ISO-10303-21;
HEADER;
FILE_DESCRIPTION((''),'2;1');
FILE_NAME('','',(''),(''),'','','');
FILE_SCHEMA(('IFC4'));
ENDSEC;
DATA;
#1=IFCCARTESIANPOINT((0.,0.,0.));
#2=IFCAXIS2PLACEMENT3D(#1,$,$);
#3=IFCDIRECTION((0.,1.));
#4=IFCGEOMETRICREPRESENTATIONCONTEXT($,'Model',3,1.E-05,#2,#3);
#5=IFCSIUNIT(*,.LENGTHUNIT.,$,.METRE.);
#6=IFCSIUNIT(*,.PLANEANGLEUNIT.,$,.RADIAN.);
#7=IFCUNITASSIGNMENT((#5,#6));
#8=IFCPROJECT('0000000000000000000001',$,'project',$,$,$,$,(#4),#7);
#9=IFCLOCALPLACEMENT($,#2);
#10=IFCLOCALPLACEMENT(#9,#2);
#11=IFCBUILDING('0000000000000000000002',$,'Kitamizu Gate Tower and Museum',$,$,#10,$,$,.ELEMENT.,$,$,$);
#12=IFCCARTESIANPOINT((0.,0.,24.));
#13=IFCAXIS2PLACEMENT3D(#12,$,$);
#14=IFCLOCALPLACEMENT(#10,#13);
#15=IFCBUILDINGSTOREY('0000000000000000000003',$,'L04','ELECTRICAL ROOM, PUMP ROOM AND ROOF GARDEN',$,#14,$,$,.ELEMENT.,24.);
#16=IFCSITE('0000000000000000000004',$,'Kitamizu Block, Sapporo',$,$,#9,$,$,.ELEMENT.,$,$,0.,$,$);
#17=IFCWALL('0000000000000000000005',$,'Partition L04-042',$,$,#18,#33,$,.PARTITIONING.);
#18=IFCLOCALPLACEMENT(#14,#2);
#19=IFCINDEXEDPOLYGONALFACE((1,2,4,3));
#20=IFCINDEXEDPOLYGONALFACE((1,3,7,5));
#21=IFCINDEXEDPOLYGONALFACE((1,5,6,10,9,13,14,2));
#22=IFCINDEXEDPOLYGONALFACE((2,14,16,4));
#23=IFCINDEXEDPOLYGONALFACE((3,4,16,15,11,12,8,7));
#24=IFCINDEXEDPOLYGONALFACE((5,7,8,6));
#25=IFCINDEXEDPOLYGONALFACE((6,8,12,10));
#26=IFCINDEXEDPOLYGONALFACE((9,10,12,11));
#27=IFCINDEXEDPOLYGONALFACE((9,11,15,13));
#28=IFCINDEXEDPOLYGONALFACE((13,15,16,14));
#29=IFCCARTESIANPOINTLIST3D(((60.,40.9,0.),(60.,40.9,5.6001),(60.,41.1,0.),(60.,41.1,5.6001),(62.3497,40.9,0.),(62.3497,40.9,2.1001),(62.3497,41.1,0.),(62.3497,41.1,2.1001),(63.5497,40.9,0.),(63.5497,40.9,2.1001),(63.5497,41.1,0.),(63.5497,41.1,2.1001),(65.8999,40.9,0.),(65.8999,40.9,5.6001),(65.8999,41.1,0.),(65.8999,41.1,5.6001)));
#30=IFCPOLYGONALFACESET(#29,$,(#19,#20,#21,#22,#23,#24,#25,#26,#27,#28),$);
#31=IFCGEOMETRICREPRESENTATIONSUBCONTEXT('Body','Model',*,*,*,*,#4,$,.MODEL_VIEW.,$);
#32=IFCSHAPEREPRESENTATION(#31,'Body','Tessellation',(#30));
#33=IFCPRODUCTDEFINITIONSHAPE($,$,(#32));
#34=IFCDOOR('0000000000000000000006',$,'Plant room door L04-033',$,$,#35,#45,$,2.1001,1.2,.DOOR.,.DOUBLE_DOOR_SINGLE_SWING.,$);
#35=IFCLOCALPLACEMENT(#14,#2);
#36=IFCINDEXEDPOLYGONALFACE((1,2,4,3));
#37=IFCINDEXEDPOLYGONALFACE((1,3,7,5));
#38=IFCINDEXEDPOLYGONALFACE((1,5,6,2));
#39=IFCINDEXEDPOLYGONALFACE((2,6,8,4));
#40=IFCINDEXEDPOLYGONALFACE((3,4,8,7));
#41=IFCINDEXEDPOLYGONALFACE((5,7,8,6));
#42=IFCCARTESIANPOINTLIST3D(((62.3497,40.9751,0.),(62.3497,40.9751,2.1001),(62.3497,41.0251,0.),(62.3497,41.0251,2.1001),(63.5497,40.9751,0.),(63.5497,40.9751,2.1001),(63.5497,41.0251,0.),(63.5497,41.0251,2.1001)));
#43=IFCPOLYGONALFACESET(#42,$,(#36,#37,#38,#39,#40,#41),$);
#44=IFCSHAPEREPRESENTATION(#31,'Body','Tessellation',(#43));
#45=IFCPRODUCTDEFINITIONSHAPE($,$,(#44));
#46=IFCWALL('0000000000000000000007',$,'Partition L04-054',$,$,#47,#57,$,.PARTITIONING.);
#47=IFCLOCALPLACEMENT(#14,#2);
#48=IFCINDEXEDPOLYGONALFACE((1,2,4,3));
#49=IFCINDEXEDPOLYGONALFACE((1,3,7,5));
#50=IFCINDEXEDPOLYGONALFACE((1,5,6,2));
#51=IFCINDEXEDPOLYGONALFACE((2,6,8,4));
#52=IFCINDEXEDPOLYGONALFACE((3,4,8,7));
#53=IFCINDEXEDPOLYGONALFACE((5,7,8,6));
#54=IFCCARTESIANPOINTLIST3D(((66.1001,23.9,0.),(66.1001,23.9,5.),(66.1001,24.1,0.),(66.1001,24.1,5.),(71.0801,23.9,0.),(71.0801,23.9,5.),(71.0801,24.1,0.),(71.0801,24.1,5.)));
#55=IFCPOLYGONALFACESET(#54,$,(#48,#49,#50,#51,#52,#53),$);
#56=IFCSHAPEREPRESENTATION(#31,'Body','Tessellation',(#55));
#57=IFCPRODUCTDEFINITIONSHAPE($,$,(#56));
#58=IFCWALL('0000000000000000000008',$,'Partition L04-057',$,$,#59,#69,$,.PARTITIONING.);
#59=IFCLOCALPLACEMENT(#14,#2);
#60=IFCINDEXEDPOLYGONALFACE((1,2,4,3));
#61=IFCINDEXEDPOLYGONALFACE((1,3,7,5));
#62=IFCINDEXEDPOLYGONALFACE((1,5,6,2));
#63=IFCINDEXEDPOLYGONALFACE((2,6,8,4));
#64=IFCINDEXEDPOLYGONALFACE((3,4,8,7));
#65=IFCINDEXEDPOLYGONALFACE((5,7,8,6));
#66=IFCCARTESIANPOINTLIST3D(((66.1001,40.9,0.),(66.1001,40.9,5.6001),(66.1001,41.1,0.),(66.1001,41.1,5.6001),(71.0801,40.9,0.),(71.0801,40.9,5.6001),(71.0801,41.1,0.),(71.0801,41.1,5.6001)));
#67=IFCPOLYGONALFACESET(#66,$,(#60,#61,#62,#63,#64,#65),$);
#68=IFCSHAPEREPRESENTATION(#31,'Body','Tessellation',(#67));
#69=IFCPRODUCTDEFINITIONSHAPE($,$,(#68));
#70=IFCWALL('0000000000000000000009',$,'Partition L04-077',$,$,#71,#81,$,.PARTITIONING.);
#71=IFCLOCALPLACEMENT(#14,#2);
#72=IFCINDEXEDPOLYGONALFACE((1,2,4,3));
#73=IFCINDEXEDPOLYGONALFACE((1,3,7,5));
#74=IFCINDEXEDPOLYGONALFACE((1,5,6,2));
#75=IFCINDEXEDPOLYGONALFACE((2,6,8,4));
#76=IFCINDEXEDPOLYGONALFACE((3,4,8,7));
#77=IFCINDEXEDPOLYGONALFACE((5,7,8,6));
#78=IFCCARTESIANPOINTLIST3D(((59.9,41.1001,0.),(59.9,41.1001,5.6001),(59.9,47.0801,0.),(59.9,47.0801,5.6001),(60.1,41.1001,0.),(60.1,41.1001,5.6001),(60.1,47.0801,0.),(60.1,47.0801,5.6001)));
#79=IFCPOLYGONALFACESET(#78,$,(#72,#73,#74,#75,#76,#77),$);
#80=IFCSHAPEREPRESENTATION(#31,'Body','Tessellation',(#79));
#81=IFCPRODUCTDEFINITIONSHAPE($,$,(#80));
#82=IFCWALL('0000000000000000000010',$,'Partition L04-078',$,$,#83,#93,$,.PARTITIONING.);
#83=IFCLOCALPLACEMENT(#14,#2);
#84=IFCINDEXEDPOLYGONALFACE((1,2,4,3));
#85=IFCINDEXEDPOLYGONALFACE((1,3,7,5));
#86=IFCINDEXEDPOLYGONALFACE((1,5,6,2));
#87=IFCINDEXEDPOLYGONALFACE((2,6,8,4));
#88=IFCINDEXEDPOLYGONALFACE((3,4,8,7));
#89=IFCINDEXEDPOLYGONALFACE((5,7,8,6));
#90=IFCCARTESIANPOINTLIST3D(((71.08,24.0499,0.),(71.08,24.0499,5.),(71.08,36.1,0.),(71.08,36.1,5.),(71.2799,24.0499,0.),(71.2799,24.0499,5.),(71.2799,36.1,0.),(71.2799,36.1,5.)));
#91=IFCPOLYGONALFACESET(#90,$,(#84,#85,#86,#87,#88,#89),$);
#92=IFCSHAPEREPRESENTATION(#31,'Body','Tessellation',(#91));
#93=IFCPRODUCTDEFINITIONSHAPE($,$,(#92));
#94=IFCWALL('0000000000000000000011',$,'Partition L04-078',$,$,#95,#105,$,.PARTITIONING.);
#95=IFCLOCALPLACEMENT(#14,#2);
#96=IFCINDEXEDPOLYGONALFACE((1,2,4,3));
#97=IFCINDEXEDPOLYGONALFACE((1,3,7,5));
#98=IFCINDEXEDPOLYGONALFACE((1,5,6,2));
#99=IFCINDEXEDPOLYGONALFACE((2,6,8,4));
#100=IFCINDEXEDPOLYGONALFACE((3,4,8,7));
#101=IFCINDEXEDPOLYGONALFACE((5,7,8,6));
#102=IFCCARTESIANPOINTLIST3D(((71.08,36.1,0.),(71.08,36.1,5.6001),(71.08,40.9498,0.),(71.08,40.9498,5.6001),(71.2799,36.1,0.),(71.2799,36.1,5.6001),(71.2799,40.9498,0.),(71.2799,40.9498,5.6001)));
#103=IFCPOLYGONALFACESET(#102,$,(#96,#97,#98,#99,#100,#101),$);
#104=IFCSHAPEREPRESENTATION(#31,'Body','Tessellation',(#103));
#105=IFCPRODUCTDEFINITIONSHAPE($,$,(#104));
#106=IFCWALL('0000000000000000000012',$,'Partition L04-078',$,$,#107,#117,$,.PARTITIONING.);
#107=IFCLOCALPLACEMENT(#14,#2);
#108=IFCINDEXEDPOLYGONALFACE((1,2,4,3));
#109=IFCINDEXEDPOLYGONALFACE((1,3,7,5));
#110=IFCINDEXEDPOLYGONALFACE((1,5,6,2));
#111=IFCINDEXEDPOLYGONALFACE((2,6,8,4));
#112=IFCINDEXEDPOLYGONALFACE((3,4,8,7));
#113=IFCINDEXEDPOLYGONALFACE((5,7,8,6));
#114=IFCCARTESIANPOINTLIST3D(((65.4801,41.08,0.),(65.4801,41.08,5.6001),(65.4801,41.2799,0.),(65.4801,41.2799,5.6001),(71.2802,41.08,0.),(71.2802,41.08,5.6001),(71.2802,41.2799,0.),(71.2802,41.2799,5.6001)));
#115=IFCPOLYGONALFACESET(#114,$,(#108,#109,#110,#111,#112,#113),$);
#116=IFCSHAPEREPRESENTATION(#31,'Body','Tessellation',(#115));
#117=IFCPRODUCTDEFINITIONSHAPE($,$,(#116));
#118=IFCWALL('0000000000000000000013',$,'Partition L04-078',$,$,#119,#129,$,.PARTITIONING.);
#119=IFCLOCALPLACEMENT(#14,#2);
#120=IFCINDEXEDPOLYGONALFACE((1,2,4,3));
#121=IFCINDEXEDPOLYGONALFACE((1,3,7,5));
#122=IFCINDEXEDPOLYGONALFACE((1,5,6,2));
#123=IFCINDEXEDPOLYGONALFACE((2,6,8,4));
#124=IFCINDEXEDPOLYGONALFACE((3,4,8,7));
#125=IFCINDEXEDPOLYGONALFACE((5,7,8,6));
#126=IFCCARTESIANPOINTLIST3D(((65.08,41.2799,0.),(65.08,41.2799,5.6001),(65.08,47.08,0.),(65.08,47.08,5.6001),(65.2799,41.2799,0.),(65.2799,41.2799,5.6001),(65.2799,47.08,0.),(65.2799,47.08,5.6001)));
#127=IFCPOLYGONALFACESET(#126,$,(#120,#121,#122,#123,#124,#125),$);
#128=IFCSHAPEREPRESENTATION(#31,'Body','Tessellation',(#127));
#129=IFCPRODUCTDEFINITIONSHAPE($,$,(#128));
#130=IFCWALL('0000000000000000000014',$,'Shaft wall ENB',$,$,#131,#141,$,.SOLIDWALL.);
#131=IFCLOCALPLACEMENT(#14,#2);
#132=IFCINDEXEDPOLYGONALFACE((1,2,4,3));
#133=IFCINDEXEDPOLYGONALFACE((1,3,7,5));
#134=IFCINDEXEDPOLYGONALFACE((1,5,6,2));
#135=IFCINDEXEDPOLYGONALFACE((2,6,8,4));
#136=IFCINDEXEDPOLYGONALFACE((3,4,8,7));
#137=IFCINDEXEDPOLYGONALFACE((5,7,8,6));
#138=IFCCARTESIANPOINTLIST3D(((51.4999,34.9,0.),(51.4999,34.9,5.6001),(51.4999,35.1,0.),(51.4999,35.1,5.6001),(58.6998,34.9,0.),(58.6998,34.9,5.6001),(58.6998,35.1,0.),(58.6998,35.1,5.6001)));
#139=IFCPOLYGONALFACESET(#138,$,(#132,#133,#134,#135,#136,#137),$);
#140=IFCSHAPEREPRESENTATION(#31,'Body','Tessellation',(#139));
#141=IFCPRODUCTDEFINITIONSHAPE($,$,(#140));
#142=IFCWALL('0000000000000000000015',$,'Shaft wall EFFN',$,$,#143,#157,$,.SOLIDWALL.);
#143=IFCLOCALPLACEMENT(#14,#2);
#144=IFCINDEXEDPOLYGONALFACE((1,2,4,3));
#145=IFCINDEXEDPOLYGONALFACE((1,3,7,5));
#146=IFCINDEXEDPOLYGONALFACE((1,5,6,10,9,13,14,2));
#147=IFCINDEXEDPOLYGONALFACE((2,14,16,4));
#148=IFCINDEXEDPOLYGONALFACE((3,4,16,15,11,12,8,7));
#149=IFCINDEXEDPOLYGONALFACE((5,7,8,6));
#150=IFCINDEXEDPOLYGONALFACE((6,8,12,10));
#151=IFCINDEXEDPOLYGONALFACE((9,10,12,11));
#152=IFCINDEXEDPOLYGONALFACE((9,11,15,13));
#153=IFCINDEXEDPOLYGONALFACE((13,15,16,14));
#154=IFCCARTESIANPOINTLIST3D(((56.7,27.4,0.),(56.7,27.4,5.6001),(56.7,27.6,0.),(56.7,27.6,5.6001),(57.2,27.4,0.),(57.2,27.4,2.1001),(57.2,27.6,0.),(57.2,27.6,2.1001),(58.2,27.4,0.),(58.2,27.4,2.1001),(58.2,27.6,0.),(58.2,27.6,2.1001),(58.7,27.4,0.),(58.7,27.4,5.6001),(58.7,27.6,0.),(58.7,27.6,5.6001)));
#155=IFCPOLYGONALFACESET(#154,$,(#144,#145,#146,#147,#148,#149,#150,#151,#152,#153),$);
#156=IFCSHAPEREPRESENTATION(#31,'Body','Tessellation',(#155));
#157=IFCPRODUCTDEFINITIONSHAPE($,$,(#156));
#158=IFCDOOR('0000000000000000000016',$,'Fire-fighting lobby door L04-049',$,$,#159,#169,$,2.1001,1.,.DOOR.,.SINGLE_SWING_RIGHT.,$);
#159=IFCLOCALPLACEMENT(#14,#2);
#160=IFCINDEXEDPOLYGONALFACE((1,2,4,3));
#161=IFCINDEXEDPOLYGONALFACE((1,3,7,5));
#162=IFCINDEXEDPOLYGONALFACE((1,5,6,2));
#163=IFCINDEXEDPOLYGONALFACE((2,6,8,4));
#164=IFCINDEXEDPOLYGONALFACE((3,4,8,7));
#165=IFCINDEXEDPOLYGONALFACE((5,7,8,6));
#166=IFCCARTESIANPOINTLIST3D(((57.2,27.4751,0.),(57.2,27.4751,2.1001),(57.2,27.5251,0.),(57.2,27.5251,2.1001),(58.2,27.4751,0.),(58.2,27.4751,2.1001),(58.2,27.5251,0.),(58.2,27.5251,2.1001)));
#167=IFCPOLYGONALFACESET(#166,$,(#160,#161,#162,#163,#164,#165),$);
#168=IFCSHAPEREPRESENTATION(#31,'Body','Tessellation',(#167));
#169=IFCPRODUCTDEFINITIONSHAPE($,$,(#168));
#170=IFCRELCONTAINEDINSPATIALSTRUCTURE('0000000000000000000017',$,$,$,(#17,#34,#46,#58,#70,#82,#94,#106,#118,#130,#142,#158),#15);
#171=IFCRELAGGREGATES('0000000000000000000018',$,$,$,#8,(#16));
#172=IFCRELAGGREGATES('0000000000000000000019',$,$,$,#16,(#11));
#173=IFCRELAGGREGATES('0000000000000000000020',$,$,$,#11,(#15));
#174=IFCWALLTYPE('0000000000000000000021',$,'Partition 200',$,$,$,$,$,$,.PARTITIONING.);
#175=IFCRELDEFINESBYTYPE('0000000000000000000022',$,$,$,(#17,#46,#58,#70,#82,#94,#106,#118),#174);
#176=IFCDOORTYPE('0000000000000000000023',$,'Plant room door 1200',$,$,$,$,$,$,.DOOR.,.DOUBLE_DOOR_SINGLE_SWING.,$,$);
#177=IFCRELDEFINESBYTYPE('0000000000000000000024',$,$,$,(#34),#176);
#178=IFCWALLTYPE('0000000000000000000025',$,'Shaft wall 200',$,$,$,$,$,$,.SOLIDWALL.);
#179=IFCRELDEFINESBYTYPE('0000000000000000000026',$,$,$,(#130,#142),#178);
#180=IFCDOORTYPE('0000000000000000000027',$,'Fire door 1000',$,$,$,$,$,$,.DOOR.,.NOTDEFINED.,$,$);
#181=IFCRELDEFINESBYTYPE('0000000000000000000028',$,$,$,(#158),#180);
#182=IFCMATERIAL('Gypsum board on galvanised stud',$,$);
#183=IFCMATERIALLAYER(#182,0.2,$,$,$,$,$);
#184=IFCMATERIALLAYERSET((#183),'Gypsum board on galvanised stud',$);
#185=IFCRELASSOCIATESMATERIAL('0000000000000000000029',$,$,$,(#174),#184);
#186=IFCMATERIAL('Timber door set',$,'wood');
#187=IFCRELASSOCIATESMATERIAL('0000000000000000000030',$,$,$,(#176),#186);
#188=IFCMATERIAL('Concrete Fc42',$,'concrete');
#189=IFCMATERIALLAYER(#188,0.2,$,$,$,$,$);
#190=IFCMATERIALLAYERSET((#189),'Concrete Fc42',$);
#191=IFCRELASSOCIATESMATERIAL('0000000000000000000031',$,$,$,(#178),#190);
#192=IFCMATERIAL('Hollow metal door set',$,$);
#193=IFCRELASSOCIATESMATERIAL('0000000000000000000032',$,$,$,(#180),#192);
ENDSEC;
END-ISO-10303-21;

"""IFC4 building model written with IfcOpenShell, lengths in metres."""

from ifc_helpers import new_model, si_unit, direction, frame, frame_2d, origin, place, context, subcontext, project, spatial, rectangle, extrude, material, layer, layer_set, type_object, element, fill, save


model = new_model("IFC4")

# Units and contexts
model_context = context("Model", 3, precision=1e-05, world=origin(), true_north=direction((0.0, 1.0)))
body_context = subcontext(model_context, "Body", "Model", "MODEL_VIEW")
ifc_project = project(units=[si_unit("LENGTHUNIT", "METRE"), si_unit("PLANEANGLEUNIT", "RADIAN")], contexts=[model_context])

# Site, building, storey
site_placement = place(None, origin())
site = spatial("IfcSite", under=ifc_project, at=site_placement, Name="Kitamizu Block, Sapporo", CompositionType="ELEMENT", RefElevation=0.0)
building_placement = place(site_placement, origin())
building = spatial("IfcBuilding", under=site, at=building_placement, Name="Kitamizu Gate Tower and Museum", CompositionType="ELEMENT")
storey_placement = place(building_placement, frame((0.0, 0.0, 24.0)))
storey = spatial("IfcBuildingStorey", under=building, at=storey_placement, Name="L04", Description="ELECTRICAL ROOM, PUMP ROOM AND ROOF GARDEN", CompositionType="ELEMENT", Elevation=24.0)

# Shared definitions
ifc_material_1 = material(Name="Gypsum board on galvanised stud")
ifc_layer_1 = layer(ifc_material_1, 0.2)
ifc_layer_set_1 = layer_set([ifc_layer_1], Name="Gypsum board on galvanised stud")
wall_type_1 = type_object("IfcWallType", Name="Partition 200", PredefinedType="PARTITIONING", material=ifc_layer_set_1)
ifc_material_2 = material(Name="Timber door set", Category="wood")
door_type_1 = type_object("IfcDoorType", Name="Plant room door 1200", OperationType="DOUBLE_DOOR_SINGLE_SWING", PredefinedType="DOOR", material=ifc_material_2)

# Wall, opening, door
wall_1_placement = place(storey_placement, frame((65.8999, 41.0, 0.0), z_axis=(0.0, 0.0, 1.0), x_axis=(-1.0, 0.0, 0.0)))
wall_1 = element("IfcWall", 1, at=wall_1_placement, inside=storey, type_object=wall_type_1, Name="Partition L04-042", PredefinedType="PARTITIONING", context=body_context, shape_type="SweptSolid", body=[
    extrude(rectangle(XDim=5.8999, YDim=0.2, at=frame_2d((2.95, 0.0))), origin(), (0.0, 0.0, 1.0), 5.6001),
])
opening_1_placement = place(wall_1_placement, frame((2.3501, 0.0, 0.0)))
opening_1 = element("IfcOpeningElement", 2, at=opening_1_placement, cuts=wall_1, PredefinedType="OPENING", context=body_context, shape_type="SweptSolid", body=[
    extrude(rectangle(XDim=1.2, YDim=2.1001, at=frame_2d((0.6001, 1.05))), frame((0.0, 0.1099, 0.0), z_axis=(0.0, -1.0, 0.0), x_axis=(1.0, 0.0, 0.0)), (0.0, 0.0, 1.0), 0.22),
])
door_1_placement = place(opening_1_placement, origin())
door_1 = element("IfcDoor", 3, at=door_1_placement, inside=storey, type_object=door_type_1, Name="Plant room door L04-033", OperationType="DOUBLE_DOOR_SINGLE_SWING", OverallHeight=2.1001, OverallWidth=1.2, PredefinedType="DOOR", context=body_context, shape_type="SweptSolid", body=[
    extrude(rectangle(XDim=1.2, YDim=2.1001, at=frame_2d((0.6001, 1.05))), frame((0.0, 0.0249, 0.0), z_axis=(0.0, -1.0, 0.0), x_axis=(1.0, 0.0, 0.0)), (0.0, 0.0, 1.0), 0.05),
])
fill(opening_1, door_1)

# Walls
wall_2_placement = place(storey_placement, frame((71.0801, 24.0, 0.0), z_axis=(0.0, 0.0, 1.0), x_axis=(-1.0, 0.0, 0.0)))
element("IfcWall", 4, at=wall_2_placement, inside=storey, type_object=wall_type_1, Name="Partition L04-054", PredefinedType="PARTITIONING", context=body_context, shape_type="SweptSolid", body=[
    extrude(rectangle(XDim=4.98, YDim=0.2, at=frame_2d((2.49, 0.0))), origin(), (0.0, 0.0, 1.0), 5.0),
])
wall_3_placement = place(storey_placement, frame((71.0801, 41.0, 0.0), z_axis=(0.0, 0.0, 1.0), x_axis=(-1.0, 0.0, 0.0)))
element("IfcWall", 5, at=wall_3_placement, inside=storey, type_object=wall_type_1, Name="Partition L04-057", PredefinedType="PARTITIONING", context=body_context, shape_type="SweptSolid", body=[
    extrude(rectangle(XDim=4.98, YDim=0.2, at=frame_2d((2.49, 0.0))), origin(), (0.0, 0.0, 1.0), 5.6001),
])
wall_4_placement = place(storey_placement, frame((60.0, 41.1001, 0.0), z_axis=(0.0, 0.0, 1.0), x_axis=(0.0, 1.0, 0.0)))
element("IfcWall", 6, at=wall_4_placement, inside=storey, type_object=wall_type_1, Name="Partition L04-077", PredefinedType="PARTITIONING", context=body_context, shape_type="SweptSolid", body=[
    extrude(rectangle(XDim=5.98, YDim=0.2, at=frame_2d((2.99, 0.0))), origin(), (0.0, 0.0, 1.0), 5.6001),
])
wall_5_placement = place(storey_placement, frame((71.1799, 24.05, 0.0), z_axis=(0.0, 0.0, 1.0), x_axis=(0.0, 1.0, 0.0)))
element("IfcWall", 7, at=wall_5_placement, inside=storey, type_object=wall_type_1, Name="Partition L04-078", PredefinedType="PARTITIONING", context=body_context, shape_type="SweptSolid", body=[
    extrude(rectangle(XDim=12.05, YDim=0.2, at=frame_2d((6.0249, 0.0))), origin(), (0.0, 0.0, 1.0), 5.0),
])
wall_6_placement = place(storey_placement, frame((71.1799, 36.1001, 0.0), z_axis=(0.0, 0.0, 1.0), x_axis=(0.0, 1.0, 0.0)))
element("IfcWall", 8, at=wall_6_placement, inside=storey, type_object=wall_type_1, Name="Partition L04-078", PredefinedType="PARTITIONING", context=body_context, shape_type="SweptSolid", body=[
    extrude(rectangle(XDim=4.8499, YDim=0.2, at=frame_2d((2.4248, 0.0))), origin(), (0.0, 0.0, 1.0), 5.6001),
])
for number, where, z_axis, x_axis, name in (
    (9, (71.28, 41.1799, 0.0), (0.0, 0.0, 1.0), (-1.0, 0.0, 0.0), "Partition L04-078"),
    (10, (65.1799, 41.28, 0.0), (0.0, 0.0, 1.0), (0.0, 1.0, 0.0), "Partition L04-078"),
):
    element("IfcWall", number, at=place(storey_placement, frame(where, z_axis=z_axis, x_axis=x_axis)), inside=storey, type_object=wall_type_1, Name=name, PredefinedType="PARTITIONING", context=body_context, shape_type="SweptSolid", body=[
        extrude(rectangle(XDim=5.8, YDim=0.2, at=frame_2d((2.8999, 0.0))), origin(), (0.0, 0.0, 1.0), 5.6001),
    ])
ifc_material_3 = material(Name="Concrete Fc42", Category="concrete")
ifc_layer_2 = layer(ifc_material_3, 0.2)
ifc_layer_set_2 = layer_set([ifc_layer_2], Name="Concrete Fc42")
wall_type_2 = type_object("IfcWallType", Name="Shaft wall 200", PredefinedType="SOLIDWALL", material=ifc_layer_set_2)
wall_7_placement = place(storey_placement, frame((58.7, 35.0, 0.0), z_axis=(0.0, 0.0, 1.0), x_axis=(-1.0, 0.0, 0.0)))
element("IfcWall", 11, at=wall_7_placement, inside=storey, type_object=wall_type_2, Name="Shaft wall ENB", PredefinedType="SOLIDWALL", context=body_context, shape_type="SweptSolid", body=[
    extrude(rectangle(XDim=7.2, YDim=0.2, at=frame_2d((3.6001, 0.0))), origin(), (0.0, 0.0, 1.0), 5.6001),
])

# Wall, opening, door
wall_8_placement = place(storey_placement, frame((58.7, 27.5, 0.0), z_axis=(0.0, 0.0, 1.0), x_axis=(-1.0, 0.0, 0.0)))
wall_8 = element("IfcWall", 12, at=wall_8_placement, inside=storey, type_object=wall_type_2, Name="Shaft wall EFFN", PredefinedType="SOLIDWALL", context=body_context, shape_type="SweptSolid", body=[
    extrude(rectangle(XDim=2.0, YDim=0.2, at=frame_2d((1.0, 0.0))), origin(), (0.0, 0.0, 1.0), 5.6001),
])
opening_2_placement = place(wall_8_placement, frame((0.5, 0.0, 0.0)))
opening_2 = element("IfcOpeningElement", 13, at=opening_2_placement, cuts=wall_8, PredefinedType="OPENING", context=body_context, shape_type="SweptSolid", body=[
    extrude(rectangle(XDim=1.0, YDim=2.1001, at=frame_2d((0.5, 1.05))), frame((0.0, 0.1099, 0.0), z_axis=(0.0, -1.0, 0.0), x_axis=(1.0, 0.0, 0.0)), (0.0, 0.0, 1.0), 0.22),
])
ifc_material_4 = material(Name="Hollow metal door set")
door_type_2 = type_object("IfcDoorType", Name="Fire door 1000", OperationType="NOTDEFINED", PredefinedType="DOOR", material=ifc_material_4)
door_2_placement = place(opening_2_placement, origin())
door_2 = element("IfcDoor", 14, at=door_2_placement, inside=storey, type_object=door_type_2, Name="Fire-fighting lobby door L04-049", OperationType="SINGLE_SWING_RIGHT", OverallHeight=2.1001, OverallWidth=1.0, PredefinedType="DOOR", context=body_context, shape_type="SweptSolid", body=[
    extrude(rectangle(XDim=1.0, YDim=2.1001, at=frame_2d((0.5, 1.05))), frame((0.0, 0.0249, 0.0), z_axis=(0.0, -1.0, 0.0), x_axis=(1.0, 0.0, 0.0)), (0.0, 0.0, 1.0), 0.05),
])
fill(opening_2, door_2)

save(model, "model.ifc")
